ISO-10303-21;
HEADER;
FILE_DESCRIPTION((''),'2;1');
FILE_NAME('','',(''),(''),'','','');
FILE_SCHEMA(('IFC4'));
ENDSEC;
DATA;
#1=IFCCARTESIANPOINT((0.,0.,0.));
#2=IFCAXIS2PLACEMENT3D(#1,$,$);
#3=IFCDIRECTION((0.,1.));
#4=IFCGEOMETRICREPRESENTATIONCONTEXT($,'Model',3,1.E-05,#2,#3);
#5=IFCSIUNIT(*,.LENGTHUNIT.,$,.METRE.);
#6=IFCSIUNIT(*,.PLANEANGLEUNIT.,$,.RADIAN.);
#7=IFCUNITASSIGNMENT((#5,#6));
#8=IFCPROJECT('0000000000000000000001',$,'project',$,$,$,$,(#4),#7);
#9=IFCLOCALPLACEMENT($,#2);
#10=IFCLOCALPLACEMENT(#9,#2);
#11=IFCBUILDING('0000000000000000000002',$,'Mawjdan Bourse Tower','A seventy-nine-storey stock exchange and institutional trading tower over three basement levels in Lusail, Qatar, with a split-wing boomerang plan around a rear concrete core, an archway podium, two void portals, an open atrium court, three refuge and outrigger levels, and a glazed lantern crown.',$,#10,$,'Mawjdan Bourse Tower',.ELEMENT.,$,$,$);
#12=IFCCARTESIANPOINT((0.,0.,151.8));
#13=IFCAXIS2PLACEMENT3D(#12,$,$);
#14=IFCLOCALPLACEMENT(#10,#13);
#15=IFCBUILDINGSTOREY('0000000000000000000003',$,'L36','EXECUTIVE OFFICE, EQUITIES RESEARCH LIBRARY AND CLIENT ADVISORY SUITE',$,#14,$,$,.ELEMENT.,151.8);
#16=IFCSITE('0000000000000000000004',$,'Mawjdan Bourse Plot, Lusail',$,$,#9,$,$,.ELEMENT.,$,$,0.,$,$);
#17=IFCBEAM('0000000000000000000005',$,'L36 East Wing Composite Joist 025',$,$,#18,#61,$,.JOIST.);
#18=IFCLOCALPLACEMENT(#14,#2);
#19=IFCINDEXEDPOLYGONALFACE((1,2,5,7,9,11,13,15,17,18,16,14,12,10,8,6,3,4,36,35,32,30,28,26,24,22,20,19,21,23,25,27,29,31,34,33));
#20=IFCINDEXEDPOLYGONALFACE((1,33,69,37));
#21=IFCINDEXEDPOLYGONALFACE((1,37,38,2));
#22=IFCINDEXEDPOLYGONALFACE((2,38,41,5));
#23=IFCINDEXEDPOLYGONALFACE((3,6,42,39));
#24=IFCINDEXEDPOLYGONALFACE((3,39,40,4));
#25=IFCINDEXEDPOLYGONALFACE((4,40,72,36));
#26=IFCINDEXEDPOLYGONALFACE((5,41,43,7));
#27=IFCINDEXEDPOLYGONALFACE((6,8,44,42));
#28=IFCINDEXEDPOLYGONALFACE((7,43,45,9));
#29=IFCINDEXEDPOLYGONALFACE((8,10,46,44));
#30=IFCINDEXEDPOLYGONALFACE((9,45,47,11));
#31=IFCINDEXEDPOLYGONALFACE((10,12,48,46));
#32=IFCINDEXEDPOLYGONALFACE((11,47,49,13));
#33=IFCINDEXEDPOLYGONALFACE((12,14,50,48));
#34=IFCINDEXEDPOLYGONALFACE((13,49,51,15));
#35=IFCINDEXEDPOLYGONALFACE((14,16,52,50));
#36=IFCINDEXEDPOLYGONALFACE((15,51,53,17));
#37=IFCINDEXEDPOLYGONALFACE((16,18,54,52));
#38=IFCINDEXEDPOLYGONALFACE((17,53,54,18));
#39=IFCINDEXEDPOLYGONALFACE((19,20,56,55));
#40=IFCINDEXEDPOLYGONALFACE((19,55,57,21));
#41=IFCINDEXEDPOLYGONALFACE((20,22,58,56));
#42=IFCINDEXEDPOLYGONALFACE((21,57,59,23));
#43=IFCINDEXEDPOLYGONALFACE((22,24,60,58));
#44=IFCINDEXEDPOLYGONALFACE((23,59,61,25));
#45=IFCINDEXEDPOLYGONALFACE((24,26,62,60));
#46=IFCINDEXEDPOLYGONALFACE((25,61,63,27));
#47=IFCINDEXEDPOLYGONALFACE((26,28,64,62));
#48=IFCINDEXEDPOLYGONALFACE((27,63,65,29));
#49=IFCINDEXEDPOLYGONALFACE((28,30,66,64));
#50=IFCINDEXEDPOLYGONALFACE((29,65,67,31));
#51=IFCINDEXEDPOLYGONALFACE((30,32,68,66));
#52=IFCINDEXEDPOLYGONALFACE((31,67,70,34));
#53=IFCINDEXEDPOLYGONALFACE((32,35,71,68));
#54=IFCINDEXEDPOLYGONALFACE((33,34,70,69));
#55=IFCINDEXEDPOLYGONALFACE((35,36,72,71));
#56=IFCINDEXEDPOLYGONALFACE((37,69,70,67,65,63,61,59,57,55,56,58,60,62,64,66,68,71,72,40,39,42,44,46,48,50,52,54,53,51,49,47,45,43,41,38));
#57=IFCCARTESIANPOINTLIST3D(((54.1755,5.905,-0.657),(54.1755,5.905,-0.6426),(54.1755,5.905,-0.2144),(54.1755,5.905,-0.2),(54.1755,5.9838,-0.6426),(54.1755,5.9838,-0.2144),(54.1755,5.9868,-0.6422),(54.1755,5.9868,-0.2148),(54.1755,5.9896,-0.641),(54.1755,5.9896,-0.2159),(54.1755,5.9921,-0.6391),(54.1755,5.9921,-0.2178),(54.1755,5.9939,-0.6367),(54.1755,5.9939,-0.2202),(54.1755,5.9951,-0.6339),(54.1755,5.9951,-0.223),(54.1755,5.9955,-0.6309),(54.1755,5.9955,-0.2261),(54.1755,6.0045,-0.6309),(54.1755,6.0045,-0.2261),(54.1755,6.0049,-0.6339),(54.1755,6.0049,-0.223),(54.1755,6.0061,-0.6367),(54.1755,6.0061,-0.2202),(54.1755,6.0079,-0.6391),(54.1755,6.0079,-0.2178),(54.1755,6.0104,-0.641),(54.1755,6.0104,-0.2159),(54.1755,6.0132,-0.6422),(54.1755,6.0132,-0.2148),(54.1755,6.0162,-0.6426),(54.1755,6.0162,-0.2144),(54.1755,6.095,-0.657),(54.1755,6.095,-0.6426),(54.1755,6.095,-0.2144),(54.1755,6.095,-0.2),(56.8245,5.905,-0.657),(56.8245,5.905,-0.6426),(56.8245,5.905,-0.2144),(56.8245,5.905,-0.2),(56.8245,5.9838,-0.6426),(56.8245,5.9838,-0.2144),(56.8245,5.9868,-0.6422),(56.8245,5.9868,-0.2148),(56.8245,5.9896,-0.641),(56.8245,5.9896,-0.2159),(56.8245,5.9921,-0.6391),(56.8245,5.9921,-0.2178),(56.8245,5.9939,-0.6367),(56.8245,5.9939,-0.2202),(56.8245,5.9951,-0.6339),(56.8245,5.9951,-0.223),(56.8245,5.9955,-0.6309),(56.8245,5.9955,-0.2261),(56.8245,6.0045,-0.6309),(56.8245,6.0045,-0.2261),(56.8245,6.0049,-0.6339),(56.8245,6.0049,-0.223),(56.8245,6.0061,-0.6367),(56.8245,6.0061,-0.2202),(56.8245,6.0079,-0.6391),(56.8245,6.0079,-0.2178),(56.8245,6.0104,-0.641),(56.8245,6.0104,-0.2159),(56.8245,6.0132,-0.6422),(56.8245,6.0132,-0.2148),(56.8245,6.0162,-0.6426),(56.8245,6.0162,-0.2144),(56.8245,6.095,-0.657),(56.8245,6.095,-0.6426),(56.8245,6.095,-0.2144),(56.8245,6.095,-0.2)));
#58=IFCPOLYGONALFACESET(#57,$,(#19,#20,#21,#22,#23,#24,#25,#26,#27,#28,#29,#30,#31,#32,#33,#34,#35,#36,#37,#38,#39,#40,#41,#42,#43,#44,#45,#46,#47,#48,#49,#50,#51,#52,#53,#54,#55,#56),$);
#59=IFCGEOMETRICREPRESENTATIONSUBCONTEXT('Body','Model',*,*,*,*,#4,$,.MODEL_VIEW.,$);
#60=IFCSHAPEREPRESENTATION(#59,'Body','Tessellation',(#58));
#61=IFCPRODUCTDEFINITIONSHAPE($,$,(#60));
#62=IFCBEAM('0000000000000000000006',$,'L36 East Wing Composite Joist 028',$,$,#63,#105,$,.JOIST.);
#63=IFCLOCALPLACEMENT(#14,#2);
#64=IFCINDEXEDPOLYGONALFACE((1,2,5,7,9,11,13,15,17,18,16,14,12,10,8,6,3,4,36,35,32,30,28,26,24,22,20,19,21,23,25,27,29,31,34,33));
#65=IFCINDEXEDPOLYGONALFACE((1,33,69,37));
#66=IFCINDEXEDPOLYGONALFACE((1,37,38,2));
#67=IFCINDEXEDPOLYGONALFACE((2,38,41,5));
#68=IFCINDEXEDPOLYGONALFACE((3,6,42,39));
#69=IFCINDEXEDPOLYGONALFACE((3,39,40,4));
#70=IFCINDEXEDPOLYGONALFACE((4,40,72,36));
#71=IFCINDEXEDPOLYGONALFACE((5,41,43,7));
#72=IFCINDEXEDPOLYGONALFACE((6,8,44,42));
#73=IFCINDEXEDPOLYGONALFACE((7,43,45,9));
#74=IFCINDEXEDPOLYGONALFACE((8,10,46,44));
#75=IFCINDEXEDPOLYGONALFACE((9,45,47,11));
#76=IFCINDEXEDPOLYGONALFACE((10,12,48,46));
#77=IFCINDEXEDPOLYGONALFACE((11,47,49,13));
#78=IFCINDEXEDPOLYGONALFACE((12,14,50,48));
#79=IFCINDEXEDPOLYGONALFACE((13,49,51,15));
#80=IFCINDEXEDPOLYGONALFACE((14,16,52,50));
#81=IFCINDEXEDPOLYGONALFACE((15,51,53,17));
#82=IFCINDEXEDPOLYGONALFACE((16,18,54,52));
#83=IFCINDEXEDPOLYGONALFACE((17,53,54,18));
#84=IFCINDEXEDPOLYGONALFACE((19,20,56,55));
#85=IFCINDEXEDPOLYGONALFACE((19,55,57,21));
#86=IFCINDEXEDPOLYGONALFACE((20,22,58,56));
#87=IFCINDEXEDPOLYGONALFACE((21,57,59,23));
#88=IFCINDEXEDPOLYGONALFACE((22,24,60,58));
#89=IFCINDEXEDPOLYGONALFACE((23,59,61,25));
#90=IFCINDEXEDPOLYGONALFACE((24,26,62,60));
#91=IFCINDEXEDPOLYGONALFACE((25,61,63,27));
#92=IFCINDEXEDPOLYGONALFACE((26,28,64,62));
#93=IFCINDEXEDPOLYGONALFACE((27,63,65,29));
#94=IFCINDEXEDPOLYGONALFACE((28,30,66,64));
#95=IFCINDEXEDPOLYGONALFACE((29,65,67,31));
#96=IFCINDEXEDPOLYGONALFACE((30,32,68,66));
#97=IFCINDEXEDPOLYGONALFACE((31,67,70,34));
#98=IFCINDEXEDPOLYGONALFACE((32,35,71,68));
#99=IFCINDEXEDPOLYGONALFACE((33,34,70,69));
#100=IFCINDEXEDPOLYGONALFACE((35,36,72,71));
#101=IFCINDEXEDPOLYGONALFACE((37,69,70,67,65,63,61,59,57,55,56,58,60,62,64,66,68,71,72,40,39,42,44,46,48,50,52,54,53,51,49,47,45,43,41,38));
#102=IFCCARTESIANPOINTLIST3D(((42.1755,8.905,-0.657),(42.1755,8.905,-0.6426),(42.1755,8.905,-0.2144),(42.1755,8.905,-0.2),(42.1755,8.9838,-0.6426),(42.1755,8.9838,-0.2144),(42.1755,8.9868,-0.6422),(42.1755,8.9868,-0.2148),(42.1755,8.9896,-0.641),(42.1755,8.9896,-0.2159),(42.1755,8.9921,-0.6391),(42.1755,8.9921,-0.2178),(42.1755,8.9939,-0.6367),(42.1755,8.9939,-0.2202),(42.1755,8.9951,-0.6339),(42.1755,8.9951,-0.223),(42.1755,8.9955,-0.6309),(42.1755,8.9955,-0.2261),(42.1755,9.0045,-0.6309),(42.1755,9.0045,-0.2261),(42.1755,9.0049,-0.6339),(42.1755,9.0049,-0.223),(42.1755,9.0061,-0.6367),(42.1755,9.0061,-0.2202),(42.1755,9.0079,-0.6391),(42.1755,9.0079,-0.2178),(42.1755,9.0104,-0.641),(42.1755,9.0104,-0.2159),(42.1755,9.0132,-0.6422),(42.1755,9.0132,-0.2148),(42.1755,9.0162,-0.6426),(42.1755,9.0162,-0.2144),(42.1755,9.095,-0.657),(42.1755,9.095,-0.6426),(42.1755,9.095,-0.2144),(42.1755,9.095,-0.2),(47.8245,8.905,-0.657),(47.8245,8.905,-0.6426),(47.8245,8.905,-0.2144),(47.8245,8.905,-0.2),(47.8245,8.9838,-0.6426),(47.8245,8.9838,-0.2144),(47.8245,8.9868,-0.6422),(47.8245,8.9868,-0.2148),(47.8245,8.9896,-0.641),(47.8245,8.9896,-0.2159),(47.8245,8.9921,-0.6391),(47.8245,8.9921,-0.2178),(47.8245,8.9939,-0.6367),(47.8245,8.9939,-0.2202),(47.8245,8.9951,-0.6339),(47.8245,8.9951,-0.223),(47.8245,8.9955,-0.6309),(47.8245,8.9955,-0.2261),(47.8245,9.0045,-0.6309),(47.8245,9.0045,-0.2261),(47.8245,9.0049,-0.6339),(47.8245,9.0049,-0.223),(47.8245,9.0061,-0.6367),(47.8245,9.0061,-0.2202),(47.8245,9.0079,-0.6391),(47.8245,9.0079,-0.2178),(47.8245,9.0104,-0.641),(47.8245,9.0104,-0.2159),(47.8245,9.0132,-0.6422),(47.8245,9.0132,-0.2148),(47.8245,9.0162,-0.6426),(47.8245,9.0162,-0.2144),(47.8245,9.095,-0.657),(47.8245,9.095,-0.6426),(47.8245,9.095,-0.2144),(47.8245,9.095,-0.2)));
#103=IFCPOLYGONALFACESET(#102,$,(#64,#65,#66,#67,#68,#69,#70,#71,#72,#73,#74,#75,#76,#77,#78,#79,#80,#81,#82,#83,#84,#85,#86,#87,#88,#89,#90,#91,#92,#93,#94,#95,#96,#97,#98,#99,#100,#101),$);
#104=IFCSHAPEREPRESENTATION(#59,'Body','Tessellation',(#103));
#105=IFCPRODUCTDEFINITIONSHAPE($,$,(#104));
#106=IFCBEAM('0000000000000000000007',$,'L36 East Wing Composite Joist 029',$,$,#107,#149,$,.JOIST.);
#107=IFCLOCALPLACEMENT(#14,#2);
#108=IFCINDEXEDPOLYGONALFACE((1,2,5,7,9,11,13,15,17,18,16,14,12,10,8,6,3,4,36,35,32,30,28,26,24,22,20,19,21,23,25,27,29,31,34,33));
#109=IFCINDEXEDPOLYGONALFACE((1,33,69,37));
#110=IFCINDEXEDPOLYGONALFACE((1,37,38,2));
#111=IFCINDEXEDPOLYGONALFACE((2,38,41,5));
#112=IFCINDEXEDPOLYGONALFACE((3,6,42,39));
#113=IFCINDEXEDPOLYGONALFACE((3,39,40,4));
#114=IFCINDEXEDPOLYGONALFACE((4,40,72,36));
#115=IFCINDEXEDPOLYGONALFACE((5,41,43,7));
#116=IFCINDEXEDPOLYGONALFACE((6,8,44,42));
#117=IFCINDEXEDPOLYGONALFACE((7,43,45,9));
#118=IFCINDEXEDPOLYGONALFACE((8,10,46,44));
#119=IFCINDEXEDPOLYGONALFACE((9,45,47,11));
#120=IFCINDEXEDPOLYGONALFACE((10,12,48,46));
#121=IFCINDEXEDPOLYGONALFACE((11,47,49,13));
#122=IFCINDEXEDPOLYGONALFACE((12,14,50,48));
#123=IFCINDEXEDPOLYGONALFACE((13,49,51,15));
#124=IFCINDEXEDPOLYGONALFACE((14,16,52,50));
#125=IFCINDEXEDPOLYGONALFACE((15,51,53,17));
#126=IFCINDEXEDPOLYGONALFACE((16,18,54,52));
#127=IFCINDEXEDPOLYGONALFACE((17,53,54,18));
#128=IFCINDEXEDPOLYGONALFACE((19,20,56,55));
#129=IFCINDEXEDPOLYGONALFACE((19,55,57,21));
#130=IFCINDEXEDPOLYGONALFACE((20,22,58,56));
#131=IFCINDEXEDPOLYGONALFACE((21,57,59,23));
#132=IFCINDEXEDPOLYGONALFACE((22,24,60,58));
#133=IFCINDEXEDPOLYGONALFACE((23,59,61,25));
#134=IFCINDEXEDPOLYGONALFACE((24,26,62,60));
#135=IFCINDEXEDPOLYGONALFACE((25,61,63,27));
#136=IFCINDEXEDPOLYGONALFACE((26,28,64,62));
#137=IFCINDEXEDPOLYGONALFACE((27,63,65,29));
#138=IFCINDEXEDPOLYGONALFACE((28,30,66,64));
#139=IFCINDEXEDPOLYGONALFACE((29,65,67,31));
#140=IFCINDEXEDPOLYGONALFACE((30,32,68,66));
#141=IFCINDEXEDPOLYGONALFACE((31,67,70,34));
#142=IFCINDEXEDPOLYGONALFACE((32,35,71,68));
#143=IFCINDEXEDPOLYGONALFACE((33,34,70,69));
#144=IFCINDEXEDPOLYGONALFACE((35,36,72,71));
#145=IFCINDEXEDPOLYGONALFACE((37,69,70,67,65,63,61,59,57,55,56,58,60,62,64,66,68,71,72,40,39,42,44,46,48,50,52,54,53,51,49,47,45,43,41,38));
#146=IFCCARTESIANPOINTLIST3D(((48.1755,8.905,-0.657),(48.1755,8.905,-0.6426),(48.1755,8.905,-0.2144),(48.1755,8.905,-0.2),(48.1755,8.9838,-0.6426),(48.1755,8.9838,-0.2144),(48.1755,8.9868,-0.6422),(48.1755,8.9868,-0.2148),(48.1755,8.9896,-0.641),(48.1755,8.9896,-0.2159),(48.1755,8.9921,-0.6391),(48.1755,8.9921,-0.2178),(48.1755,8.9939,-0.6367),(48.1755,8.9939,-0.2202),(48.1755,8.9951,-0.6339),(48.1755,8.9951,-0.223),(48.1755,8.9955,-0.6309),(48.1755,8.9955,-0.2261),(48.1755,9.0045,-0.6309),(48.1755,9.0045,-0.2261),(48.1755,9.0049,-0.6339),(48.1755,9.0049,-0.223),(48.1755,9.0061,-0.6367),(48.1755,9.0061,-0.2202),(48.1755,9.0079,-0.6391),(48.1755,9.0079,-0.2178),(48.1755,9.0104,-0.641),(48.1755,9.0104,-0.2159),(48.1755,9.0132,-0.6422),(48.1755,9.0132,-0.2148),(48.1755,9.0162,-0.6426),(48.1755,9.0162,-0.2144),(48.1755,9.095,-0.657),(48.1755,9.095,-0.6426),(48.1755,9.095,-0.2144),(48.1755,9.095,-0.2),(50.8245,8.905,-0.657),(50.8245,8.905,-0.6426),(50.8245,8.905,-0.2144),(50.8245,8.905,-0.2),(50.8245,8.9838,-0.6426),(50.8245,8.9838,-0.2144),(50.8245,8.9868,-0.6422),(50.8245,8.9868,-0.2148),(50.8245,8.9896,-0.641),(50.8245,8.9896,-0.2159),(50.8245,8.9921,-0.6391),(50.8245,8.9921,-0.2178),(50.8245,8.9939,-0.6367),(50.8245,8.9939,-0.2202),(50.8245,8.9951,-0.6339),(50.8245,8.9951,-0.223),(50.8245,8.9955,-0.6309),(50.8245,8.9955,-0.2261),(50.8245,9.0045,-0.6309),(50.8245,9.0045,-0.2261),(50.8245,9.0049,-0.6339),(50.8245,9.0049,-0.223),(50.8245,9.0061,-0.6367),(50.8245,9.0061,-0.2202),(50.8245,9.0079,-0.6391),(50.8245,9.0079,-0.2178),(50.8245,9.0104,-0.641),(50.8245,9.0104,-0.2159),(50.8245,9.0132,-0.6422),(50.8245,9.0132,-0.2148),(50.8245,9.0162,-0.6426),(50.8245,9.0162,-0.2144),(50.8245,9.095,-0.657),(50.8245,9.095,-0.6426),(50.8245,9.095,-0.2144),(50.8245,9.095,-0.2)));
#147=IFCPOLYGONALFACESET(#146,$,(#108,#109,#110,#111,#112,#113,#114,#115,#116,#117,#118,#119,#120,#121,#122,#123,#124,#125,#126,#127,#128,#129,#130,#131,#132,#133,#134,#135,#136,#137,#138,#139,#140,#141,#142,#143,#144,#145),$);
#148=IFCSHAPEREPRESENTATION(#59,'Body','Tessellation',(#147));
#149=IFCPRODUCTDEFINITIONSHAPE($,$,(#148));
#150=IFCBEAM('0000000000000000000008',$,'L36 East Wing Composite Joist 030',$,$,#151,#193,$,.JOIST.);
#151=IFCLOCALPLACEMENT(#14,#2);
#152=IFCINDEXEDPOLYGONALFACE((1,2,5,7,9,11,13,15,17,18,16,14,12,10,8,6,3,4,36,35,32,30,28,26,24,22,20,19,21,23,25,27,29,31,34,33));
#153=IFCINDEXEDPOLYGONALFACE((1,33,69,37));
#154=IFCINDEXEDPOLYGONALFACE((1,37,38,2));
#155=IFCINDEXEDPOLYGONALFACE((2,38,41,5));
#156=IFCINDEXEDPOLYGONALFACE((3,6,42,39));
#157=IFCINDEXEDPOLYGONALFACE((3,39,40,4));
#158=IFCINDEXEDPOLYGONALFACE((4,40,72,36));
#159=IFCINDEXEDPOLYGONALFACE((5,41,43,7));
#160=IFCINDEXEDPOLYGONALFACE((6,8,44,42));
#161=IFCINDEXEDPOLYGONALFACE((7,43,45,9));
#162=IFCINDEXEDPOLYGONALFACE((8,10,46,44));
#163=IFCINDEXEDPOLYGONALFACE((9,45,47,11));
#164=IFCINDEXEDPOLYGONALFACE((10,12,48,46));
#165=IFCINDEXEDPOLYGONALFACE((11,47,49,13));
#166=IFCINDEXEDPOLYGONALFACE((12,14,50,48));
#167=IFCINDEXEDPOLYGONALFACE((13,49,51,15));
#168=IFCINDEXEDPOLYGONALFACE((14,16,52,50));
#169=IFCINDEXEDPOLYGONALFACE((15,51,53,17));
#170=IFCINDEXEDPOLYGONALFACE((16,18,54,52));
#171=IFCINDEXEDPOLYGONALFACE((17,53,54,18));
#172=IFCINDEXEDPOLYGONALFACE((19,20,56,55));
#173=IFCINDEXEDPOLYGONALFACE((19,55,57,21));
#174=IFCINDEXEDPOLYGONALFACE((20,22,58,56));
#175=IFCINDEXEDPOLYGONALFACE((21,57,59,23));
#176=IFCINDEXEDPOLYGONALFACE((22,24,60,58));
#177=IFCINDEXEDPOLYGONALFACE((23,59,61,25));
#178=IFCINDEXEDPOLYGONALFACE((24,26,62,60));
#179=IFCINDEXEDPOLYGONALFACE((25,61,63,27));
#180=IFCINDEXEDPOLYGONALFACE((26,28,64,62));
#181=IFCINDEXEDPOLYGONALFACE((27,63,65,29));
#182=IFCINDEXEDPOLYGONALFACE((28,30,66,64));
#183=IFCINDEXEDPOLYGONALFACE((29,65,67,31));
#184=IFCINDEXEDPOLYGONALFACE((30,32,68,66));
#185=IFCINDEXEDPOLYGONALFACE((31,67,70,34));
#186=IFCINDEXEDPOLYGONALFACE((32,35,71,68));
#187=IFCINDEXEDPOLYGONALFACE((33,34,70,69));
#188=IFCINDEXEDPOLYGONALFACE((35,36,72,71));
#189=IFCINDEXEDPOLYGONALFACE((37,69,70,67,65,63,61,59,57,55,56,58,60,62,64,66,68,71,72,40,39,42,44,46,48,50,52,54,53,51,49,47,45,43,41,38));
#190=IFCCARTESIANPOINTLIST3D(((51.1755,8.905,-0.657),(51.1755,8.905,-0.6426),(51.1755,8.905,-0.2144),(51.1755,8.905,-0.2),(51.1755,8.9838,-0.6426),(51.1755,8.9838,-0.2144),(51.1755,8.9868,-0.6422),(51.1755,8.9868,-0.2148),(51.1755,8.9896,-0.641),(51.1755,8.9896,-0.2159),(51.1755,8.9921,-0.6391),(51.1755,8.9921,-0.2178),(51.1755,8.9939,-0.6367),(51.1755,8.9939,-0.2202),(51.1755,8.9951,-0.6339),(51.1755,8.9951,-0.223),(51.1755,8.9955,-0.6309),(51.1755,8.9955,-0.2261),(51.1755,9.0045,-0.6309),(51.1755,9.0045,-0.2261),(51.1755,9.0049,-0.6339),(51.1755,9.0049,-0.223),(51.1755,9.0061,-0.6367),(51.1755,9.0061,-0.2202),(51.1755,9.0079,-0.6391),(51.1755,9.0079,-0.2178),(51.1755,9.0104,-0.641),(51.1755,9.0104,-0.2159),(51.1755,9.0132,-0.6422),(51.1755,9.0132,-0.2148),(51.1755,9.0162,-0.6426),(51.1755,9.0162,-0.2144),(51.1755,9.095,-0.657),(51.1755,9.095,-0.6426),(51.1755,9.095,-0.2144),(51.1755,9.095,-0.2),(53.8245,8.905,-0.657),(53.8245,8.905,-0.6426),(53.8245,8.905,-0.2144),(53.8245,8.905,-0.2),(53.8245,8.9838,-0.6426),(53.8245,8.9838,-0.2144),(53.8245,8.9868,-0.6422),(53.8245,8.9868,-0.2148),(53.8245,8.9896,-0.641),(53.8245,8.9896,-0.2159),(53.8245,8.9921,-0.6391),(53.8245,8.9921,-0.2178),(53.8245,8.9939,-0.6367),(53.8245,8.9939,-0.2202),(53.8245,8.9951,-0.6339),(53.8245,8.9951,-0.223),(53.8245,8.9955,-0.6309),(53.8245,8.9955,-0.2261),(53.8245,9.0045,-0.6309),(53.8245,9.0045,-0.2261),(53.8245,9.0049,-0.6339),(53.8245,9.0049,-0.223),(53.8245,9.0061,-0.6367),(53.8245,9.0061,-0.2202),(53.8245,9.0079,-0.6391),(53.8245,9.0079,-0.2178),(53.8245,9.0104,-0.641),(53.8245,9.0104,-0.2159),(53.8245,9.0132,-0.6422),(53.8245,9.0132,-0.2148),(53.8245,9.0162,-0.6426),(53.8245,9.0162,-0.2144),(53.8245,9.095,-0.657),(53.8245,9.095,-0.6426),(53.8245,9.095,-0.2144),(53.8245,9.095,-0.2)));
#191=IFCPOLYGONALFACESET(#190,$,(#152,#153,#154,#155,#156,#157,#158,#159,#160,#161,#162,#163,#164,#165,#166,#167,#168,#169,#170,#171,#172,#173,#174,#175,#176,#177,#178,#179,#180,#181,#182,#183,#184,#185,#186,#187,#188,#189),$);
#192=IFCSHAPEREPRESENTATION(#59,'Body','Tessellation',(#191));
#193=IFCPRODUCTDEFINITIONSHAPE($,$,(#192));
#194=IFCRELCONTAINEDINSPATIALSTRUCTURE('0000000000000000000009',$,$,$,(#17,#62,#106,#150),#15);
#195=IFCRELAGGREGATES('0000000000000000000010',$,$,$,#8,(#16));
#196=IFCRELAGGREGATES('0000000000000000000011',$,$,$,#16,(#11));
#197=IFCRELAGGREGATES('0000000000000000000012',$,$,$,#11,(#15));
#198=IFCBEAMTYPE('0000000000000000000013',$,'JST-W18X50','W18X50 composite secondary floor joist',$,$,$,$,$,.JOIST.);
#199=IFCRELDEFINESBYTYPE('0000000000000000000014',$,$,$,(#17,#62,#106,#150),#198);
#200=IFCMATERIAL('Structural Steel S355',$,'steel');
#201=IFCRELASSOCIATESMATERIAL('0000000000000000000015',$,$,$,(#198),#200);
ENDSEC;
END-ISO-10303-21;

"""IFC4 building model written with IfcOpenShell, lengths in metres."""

from ifc_helpers import new_model, si_unit, direction, frame, origin, origin_2d, place, context, subcontext, project, spatial, i_section, extrude, material, material_profile, profile_set, type_object, element, save


model = new_model("IFC4")

# Units and contexts
model_context = context("Model", 3, precision=1e-05, world=origin(), true_north=direction((0.0, 1.0)))
body_context = subcontext(model_context, "Body", "Model", "MODEL_VIEW")
ifc_project = project(units=[si_unit("LENGTHUNIT", "METRE"), si_unit("PLANEANGLEUNIT", "RADIAN")], contexts=[model_context])

# Site, building, storey
site_placement = place(None, origin())
site = spatial("IfcSite", under=ifc_project, at=site_placement, Name="Mawjdan Bourse Plot, Lusail", CompositionType="ELEMENT", RefElevation=0.0)
building_placement = place(site_placement, origin())
building = spatial("IfcBuilding", under=site, at=building_placement, Name="Mawjdan Bourse Tower", Description="A seventy-nine-storey stock exchange and institutional trading tower over three basement levels in Lusail, Qatar, with a split-wing boomerang plan around a rear concrete core, an archway podium, two void portals, an open atrium court, three refuge and outrigger levels, and a glazed lantern crown.", LongName="Mawjdan Bourse Tower", CompositionType="ELEMENT")
storey_placement = place(building_placement, frame((0.0, 0.0, 151.8)))
storey = spatial("IfcBuildingStorey", under=building, at=storey_placement, Name="L36", Description="EXECUTIVE OFFICE, EQUITIES RESEARCH LIBRARY AND CLIENT ADVISORY SUITE", CompositionType="ELEMENT", Elevation=151.8)

# Beams
ifc_material_1 = material(Name="Structural Steel S355", Category="steel")
ifc_material_profile_1 = material_profile(ifc_material_1, i_section(OverallWidth=0.1899, OverallDepth=0.457, WebThickness=0.009, FlangeThickness=0.0144, FilletRadius=0.0117, at=origin_2d()), Name="W18X50")
ifc_profile_set_1 = profile_set([ifc_material_profile_1], Name="Structural Steel S355")
beam_type_1 = type_object("IfcBeamType", Name="JST-W18X50", Description="W18X50 composite secondary floor joist", PredefinedType="JOIST", material=ifc_profile_set_1)
for number, where, z_axis, x_axis, name in (
    (1, (54.1755, 6.0, -0.4285), (1.0, 0.0, 0.0), (0.0, 1.0, 0.0), "L36 East Wing Composite Joist 025"),
):
    element("IfcBeam", number, at=place(storey_placement, frame(where, z_axis=z_axis, x_axis=x_axis)), inside=storey, type_object=beam_type_1, Name=name, PredefinedType="JOIST", context=body_context, shape_type="SweptSolid", body=[
        extrude(i_section(OverallWidth=0.1899, OverallDepth=0.457, WebThickness=0.009, FlangeThickness=0.0144, FilletRadius=0.0117, at=origin_2d()), origin(), (0.0, 0.0, 1.0), 2.6489),
    ])
beam_1_placement = place(storey_placement, frame((42.1755, 9.0, -0.4285), z_axis=(1.0, 0.0, 0.0), x_axis=(0.0, 1.0, 0.0)))
element("IfcBeam", 2, at=beam_1_placement, inside=storey, type_object=beam_type_1, Name="L36 East Wing Composite Joist 028", PredefinedType="JOIST", context=body_context, shape_type="SweptSolid", body=[
    extrude(i_section(OverallWidth=0.1899, OverallDepth=0.457, WebThickness=0.009, FlangeThickness=0.0144, FilletRadius=0.0117, at=origin_2d()), origin(), (0.0, 0.0, 1.0), 5.6489),
])
for number, where, z_axis, x_axis, name in (
    (3, (48.1755, 9.0, -0.4285), (1.0, 0.0, 0.0), (0.0, 1.0, 0.0), "L36 East Wing Composite Joist 029"),
    (4, (51.1755, 9.0, -0.4285), (1.0, 0.0, 0.0), (0.0, 1.0, 0.0), "L36 East Wing Composite Joist 030"),
):
    element("IfcBeam", number, at=place(storey_placement, frame(where, z_axis=z_axis, x_axis=x_axis)), inside=storey, type_object=beam_type_1, Name=name, PredefinedType="JOIST", context=body_context, shape_type="SweptSolid", body=[
        extrude(i_section(OverallWidth=0.1899, OverallDepth=0.457, WebThickness=0.009, FlangeThickness=0.0144, FilletRadius=0.0117, at=origin_2d()), origin(), (0.0, 0.0, 1.0), 2.6489),
    ])

save(model, "model.ifc")
